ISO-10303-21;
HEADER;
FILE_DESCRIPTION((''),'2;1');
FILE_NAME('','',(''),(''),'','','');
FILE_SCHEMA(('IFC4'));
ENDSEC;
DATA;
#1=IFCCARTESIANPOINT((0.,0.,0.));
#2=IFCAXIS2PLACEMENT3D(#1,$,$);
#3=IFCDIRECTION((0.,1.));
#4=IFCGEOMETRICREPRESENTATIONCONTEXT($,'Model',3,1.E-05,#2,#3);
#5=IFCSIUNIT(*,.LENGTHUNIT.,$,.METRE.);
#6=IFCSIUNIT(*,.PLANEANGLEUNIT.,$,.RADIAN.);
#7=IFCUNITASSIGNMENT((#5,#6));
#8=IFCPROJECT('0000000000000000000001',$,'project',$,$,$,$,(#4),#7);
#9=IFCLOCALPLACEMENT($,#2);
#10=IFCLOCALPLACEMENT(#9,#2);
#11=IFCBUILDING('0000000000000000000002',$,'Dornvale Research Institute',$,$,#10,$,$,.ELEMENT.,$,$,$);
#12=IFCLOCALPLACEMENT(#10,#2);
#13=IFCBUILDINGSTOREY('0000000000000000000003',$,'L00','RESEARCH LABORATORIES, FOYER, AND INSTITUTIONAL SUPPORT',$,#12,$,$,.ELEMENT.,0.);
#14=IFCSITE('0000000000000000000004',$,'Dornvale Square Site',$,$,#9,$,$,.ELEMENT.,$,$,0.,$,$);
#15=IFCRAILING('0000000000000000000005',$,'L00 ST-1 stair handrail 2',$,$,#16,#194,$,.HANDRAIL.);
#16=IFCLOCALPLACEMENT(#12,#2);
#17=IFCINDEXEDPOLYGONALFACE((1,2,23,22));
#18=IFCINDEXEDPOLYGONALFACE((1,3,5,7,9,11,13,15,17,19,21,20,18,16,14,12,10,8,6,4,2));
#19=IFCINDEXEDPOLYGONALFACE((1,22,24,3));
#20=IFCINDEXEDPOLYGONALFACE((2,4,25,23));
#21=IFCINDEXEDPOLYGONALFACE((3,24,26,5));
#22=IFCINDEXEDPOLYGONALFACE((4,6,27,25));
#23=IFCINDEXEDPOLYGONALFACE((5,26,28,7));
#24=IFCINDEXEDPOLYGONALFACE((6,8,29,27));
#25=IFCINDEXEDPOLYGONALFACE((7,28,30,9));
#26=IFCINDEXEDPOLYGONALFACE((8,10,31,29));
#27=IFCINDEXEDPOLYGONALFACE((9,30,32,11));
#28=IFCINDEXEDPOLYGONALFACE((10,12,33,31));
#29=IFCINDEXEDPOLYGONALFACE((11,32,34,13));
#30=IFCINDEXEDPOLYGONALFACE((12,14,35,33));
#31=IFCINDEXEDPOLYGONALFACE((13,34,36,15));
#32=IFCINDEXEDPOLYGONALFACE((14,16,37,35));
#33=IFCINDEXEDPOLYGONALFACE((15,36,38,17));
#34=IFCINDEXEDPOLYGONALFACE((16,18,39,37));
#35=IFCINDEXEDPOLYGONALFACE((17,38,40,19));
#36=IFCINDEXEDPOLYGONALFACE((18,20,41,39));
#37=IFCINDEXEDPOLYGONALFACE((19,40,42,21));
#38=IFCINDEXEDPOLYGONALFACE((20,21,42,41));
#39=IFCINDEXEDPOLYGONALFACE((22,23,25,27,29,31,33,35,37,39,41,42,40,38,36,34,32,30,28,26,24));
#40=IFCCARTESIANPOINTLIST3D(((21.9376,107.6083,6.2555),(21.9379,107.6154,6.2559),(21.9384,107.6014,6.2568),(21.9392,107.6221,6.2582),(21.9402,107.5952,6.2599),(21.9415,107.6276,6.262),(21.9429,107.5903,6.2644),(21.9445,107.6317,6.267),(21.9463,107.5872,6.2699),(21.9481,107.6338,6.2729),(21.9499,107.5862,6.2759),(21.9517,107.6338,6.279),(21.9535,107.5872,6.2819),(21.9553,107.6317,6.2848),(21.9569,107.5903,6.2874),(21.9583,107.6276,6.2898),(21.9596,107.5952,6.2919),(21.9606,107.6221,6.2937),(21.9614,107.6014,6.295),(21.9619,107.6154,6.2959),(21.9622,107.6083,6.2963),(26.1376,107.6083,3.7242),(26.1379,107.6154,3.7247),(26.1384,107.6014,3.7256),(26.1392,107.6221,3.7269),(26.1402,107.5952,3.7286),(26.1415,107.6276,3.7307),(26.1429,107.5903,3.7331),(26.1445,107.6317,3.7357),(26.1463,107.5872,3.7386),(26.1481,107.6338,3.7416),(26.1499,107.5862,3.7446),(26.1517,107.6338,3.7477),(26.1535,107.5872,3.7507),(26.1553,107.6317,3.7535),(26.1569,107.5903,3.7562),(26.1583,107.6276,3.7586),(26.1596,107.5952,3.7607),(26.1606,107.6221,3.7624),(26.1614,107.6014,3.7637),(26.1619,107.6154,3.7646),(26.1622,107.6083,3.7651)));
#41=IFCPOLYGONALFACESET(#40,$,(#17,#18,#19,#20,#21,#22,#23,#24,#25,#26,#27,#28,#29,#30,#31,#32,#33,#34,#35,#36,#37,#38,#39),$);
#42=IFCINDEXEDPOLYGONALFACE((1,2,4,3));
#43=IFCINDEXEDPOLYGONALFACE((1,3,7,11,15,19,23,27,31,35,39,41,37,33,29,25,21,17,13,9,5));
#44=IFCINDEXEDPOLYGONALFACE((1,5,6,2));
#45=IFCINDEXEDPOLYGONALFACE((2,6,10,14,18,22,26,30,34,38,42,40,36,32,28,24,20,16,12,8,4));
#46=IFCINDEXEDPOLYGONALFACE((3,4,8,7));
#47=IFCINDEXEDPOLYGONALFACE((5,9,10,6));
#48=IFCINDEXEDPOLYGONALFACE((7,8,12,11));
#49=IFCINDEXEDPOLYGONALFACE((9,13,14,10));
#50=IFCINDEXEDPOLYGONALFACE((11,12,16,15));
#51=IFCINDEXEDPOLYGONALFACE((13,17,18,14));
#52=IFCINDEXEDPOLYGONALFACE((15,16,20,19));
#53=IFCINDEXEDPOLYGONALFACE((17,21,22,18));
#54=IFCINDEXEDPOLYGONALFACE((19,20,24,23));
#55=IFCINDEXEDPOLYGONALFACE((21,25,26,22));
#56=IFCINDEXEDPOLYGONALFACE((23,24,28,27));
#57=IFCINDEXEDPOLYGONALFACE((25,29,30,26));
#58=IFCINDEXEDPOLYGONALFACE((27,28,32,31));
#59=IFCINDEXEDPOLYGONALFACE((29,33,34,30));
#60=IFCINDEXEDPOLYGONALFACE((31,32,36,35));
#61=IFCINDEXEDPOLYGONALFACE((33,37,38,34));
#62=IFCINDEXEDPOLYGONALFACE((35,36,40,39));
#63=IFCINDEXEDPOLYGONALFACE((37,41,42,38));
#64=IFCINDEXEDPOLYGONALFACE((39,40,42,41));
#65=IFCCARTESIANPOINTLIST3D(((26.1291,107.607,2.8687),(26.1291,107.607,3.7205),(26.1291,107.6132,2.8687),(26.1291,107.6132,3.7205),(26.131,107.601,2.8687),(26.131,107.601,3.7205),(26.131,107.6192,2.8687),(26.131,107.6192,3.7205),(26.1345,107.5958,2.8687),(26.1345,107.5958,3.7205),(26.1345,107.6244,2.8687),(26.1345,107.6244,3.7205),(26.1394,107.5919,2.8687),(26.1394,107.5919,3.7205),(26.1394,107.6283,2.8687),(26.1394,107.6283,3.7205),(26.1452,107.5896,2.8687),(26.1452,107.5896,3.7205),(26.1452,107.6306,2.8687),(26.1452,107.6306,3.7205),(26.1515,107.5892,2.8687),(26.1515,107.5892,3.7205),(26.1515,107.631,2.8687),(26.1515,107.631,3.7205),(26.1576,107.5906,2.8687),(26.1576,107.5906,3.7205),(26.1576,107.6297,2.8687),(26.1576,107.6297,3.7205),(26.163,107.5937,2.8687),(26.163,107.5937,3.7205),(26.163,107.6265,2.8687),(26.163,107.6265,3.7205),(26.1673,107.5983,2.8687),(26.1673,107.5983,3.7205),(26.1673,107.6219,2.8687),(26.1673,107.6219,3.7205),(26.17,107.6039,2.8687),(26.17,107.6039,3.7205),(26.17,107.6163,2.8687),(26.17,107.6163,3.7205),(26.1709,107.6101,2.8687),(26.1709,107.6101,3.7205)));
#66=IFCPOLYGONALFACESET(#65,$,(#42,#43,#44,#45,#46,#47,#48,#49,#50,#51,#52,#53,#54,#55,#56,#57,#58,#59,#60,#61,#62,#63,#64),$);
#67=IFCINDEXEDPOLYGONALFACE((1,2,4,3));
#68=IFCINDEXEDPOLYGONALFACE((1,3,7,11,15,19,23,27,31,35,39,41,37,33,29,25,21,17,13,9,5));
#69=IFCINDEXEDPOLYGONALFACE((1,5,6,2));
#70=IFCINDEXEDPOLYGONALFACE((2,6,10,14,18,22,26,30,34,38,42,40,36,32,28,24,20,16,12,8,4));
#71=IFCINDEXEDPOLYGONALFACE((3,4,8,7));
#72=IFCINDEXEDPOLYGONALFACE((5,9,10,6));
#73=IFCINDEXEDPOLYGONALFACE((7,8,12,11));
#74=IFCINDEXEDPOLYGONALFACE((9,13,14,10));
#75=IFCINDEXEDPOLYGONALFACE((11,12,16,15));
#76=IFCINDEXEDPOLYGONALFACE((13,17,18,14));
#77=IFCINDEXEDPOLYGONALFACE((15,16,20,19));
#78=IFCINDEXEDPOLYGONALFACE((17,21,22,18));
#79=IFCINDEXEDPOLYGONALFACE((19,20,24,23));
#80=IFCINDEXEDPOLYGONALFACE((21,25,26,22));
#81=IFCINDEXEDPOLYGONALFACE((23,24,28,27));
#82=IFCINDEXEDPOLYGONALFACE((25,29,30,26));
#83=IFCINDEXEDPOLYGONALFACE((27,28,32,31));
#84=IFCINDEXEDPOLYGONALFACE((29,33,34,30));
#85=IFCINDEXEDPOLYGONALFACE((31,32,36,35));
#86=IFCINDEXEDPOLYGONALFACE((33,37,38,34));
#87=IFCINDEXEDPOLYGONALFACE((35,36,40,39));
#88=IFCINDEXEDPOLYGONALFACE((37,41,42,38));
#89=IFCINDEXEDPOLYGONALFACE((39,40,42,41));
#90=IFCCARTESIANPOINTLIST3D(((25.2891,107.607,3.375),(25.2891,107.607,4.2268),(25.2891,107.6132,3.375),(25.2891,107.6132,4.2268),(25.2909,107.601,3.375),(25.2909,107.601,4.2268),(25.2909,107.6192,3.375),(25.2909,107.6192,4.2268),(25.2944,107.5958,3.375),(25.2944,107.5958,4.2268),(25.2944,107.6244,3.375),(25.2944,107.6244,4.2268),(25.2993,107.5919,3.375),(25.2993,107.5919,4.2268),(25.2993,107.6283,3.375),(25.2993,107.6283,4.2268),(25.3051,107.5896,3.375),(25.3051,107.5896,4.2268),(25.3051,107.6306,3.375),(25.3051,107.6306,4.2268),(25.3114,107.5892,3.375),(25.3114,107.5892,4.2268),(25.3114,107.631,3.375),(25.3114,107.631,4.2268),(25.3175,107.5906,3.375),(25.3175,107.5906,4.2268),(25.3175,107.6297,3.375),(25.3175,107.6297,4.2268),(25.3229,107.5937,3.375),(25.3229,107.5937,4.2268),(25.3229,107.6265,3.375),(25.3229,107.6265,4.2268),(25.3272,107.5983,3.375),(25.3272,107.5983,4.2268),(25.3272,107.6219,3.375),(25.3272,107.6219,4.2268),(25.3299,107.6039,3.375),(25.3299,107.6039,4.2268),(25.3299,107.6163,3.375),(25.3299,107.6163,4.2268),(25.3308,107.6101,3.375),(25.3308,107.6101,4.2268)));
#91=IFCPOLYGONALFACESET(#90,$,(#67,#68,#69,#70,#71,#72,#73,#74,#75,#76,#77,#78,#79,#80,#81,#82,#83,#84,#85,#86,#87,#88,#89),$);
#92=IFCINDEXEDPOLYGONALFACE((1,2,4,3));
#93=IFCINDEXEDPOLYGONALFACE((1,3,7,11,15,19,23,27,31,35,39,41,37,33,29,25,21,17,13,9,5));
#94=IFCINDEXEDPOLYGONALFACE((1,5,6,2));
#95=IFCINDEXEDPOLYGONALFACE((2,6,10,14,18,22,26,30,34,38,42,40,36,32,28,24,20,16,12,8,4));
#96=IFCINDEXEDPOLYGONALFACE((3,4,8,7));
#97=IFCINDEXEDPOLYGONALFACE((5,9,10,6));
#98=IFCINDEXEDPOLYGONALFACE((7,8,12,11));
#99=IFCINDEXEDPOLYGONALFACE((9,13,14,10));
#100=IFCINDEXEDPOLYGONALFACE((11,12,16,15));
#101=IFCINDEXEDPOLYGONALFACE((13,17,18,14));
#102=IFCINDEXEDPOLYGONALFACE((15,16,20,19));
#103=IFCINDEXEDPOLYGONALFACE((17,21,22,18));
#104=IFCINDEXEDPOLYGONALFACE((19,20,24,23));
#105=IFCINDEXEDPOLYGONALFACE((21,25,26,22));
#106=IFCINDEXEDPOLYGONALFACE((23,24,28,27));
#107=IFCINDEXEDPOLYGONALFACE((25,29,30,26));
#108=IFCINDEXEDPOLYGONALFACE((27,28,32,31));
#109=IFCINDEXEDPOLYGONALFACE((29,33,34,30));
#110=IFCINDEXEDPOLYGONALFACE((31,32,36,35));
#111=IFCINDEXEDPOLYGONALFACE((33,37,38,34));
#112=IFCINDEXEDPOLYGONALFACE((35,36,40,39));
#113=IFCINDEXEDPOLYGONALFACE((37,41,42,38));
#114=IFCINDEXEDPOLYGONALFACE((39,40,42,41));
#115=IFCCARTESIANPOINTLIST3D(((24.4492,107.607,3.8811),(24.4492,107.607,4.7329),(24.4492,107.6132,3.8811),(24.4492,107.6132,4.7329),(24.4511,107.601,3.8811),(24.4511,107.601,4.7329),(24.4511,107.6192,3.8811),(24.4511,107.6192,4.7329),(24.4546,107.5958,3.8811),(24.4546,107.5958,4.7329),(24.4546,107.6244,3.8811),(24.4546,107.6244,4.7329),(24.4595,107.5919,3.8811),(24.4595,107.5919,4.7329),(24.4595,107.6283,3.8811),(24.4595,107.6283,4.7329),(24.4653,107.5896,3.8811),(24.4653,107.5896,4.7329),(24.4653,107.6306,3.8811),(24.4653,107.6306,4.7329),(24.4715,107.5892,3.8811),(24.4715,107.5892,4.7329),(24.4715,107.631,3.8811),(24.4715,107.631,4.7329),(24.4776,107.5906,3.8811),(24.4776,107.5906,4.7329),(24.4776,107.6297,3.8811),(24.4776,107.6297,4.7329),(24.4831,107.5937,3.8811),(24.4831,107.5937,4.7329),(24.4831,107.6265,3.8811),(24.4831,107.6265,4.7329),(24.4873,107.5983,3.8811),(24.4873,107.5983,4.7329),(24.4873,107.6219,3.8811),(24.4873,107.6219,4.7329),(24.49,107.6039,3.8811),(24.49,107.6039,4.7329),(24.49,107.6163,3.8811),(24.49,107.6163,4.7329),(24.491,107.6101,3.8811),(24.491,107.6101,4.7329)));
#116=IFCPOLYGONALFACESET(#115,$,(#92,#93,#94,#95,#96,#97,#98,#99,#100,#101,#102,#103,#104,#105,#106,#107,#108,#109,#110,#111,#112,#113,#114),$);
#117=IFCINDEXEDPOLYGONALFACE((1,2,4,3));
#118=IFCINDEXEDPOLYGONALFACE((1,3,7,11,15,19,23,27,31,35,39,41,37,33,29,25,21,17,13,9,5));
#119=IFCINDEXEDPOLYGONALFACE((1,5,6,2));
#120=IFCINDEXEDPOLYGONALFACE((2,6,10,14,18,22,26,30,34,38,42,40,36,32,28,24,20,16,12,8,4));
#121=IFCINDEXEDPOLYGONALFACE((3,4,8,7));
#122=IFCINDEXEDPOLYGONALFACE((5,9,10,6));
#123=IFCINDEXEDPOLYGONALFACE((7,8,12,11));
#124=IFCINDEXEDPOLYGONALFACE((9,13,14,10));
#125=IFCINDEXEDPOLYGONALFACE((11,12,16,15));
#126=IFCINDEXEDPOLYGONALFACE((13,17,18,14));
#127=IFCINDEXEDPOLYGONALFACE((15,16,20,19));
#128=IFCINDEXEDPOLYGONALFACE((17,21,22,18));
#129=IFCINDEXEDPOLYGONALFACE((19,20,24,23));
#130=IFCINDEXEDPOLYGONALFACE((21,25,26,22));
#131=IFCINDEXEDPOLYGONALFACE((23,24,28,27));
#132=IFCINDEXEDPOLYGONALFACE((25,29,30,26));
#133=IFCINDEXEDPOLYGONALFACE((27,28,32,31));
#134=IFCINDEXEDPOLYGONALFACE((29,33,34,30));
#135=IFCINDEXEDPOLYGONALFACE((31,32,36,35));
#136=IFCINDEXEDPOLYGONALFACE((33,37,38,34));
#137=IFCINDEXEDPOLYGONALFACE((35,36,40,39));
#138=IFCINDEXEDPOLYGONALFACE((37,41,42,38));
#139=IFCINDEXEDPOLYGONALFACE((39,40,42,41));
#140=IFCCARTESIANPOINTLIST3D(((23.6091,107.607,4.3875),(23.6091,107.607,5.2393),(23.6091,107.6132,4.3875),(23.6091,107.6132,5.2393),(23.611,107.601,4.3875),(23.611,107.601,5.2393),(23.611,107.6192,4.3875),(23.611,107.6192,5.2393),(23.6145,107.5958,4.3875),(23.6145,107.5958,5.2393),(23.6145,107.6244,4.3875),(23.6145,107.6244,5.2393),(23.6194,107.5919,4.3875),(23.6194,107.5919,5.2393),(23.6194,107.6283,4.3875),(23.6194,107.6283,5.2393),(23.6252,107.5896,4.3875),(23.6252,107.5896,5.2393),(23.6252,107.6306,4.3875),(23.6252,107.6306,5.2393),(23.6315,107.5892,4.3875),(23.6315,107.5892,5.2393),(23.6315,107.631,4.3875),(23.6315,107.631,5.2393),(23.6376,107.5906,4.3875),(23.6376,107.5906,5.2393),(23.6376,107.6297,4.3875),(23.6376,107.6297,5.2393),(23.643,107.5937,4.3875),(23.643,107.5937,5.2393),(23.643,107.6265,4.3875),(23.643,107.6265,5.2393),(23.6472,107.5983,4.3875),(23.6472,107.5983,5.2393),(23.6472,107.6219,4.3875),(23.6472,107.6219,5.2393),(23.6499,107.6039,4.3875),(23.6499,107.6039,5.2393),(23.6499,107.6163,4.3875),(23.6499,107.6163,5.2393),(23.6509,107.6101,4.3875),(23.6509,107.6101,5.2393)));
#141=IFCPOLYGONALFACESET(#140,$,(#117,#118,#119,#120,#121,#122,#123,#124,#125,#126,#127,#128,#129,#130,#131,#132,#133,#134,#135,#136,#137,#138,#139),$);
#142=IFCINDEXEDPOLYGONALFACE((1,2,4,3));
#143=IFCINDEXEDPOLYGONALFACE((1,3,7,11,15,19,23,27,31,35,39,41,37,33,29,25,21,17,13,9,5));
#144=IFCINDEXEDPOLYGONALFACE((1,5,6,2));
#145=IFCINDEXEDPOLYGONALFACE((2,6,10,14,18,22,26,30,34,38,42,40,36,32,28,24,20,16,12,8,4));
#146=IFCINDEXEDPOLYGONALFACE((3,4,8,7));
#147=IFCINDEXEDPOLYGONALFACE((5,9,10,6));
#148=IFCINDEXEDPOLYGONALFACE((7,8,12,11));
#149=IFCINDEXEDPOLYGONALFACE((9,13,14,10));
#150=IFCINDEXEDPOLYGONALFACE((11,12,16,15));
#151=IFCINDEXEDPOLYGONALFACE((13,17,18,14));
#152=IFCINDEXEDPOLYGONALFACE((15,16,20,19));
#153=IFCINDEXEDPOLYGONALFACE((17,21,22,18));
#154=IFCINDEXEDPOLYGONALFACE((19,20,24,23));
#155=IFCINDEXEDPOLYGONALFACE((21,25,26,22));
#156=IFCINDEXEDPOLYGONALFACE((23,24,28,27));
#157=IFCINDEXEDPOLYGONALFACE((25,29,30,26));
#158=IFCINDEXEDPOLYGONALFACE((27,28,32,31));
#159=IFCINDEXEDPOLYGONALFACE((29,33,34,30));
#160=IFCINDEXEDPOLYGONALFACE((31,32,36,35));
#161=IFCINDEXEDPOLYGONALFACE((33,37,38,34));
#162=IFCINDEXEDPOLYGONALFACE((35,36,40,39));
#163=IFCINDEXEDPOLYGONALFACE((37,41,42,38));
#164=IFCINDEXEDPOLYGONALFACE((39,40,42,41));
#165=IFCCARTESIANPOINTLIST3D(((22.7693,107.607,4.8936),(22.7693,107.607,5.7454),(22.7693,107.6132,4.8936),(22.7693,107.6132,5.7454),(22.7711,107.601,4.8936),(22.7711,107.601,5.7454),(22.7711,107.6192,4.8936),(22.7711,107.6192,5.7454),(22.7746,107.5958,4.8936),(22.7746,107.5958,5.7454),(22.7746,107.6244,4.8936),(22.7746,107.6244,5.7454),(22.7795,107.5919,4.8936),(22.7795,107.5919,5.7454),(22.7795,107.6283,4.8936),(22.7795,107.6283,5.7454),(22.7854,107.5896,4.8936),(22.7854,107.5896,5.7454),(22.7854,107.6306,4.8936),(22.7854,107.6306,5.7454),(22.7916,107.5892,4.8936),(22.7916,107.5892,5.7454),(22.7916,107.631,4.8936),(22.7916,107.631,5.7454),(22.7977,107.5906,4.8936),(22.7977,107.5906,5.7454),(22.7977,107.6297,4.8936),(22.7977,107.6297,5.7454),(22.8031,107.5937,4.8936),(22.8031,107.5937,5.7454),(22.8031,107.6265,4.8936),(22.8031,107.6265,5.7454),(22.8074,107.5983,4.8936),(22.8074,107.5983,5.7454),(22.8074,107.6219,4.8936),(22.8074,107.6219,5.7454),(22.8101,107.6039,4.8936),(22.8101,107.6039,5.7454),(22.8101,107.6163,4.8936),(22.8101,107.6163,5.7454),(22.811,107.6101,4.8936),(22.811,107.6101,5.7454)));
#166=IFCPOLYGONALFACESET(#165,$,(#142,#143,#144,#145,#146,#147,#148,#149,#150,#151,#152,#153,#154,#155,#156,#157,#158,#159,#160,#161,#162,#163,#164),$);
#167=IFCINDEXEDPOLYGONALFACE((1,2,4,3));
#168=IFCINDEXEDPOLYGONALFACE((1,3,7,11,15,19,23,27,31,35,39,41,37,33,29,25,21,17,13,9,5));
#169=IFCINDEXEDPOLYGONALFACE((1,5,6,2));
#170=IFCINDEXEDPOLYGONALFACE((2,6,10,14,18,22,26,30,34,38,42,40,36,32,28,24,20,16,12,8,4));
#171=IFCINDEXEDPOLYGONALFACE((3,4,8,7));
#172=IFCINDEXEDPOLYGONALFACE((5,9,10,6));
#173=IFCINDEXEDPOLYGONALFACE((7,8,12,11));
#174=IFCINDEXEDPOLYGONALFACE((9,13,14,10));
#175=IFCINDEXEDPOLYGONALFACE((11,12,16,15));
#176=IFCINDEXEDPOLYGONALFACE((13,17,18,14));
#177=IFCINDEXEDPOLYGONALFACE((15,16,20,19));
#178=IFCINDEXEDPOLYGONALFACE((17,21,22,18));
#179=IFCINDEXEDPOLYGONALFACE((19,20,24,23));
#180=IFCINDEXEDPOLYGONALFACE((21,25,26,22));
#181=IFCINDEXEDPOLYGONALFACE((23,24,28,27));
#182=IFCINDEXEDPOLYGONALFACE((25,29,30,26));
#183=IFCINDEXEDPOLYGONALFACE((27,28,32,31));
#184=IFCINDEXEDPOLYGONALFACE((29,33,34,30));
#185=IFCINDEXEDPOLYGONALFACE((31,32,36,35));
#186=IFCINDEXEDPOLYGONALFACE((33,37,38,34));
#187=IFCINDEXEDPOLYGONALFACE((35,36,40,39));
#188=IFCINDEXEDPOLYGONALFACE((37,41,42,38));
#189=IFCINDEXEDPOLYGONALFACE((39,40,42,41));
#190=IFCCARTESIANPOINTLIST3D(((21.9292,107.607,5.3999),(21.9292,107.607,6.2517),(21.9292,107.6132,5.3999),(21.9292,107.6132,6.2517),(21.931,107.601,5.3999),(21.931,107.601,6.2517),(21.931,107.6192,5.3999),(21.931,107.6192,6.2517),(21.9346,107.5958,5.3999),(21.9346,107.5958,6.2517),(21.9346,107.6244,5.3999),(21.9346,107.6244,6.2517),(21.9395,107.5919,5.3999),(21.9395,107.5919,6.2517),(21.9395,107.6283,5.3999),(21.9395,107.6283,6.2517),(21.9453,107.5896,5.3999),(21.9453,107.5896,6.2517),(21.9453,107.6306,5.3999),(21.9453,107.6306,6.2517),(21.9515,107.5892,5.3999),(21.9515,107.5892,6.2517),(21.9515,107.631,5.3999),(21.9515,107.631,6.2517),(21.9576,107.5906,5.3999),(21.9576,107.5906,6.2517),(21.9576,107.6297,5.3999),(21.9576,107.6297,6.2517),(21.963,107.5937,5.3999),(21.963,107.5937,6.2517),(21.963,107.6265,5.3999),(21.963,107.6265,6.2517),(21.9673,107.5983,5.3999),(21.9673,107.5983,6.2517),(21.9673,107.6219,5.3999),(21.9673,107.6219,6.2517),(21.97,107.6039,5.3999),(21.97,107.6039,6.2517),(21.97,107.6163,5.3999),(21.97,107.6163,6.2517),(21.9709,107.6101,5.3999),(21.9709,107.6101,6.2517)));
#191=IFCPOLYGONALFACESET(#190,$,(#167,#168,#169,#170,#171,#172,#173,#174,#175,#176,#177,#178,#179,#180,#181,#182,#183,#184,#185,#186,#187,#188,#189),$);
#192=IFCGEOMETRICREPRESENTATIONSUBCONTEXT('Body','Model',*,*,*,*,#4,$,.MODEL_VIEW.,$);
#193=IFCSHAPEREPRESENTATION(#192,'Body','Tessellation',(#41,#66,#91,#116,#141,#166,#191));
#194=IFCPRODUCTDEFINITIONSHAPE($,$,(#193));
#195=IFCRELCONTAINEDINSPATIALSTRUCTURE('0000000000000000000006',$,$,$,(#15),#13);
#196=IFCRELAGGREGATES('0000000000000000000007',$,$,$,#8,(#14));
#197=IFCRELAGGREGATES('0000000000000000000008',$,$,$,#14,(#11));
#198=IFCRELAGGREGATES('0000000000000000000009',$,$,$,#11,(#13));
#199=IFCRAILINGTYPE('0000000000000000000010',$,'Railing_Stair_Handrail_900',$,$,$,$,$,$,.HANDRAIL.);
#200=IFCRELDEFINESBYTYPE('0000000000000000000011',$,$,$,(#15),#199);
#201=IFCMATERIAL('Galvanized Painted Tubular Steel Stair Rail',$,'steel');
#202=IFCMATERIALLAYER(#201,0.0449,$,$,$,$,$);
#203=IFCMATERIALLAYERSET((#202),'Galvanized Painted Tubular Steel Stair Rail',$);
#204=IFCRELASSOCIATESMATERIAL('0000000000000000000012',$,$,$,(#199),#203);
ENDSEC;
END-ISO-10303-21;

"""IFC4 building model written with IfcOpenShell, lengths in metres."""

from ifc_helpers import new_model, si_unit, direction, frame, origin, origin_2d, place, context, subcontext, project, spatial, circle, extrude, material, layer, layer_set, type_object, element, save


model = new_model("IFC4")

# Units and contexts
model_context = context("Model", 3, precision=1e-05, world=origin(), true_north=direction((0.0, 1.0)))
body_context = subcontext(model_context, "Body", "Model", "MODEL_VIEW")
ifc_project = project(units=[si_unit("LENGTHUNIT", "METRE"), si_unit("PLANEANGLEUNIT", "RADIAN")], contexts=[model_context])

# Site, building, storey
site_placement = place(None, origin())
site = spatial("IfcSite", under=ifc_project, at=site_placement, Name="Dornvale Square Site", CompositionType="ELEMENT", RefElevation=0.0)
building_placement = place(site_placement, origin())
building = spatial("IfcBuilding", under=site, at=building_placement, Name="Dornvale Research Institute", CompositionType="ELEMENT")
storey_placement = place(building_placement, origin())
storey = spatial("IfcBuildingStorey", under=building, at=storey_placement, Name="L00", Description="RESEARCH LABORATORIES, FOYER, AND INSTITUTIONAL SUPPORT", CompositionType="ELEMENT", Elevation=0.0)

# Railing
ifc_material_1 = material(Name="Galvanized Painted Tubular Steel Stair Rail", Category="steel")
ifc_layer_1 = layer(ifc_material_1, 0.0449)
ifc_layer_set_1 = layer_set([ifc_layer_1], Name="Galvanized Painted Tubular Steel Stair Rail")
railing_type_1 = type_object("IfcRailingType", Name="Railing_Stair_Handrail_900", PredefinedType="HANDRAIL", material=ifc_layer_set_1)
railing_1_placement = place(storey_placement, frame((26.1499, 107.6101, 2.8687)))
element("IfcRailing", 1, at=railing_1_placement, inside=storey, type_object=railing_type_1, Name="L00 ST-1 stair handrail 2", PredefinedType="HANDRAIL", context=body_context, shape_type="SweptSolid", body=[
    extrude(circle(Radius=0.0239, at=origin_2d()), frame((0.0, 0.0, 0.876), z_axis=(-0.856476, 0.0, 0.516186), x_axis=(0.0, -1.0, 0.0)), (0.0, 0.0, 1.0), 4.9038),
    extrude(circle(Radius=0.021, at=origin_2d()), origin(), (0.0, 0.0, 1.0), 0.8518),
    extrude(circle(Radius=0.021, at=origin_2d()), frame((-0.8401, 0.0, 0.5063)), (0.0, 0.0, 1.0), 0.8518),
    extrude(circle(Radius=0.021, at=origin_2d()), frame((-1.6799, 0.0, 1.0125)), (0.0, 0.0, 1.0), 0.8518),
    extrude(circle(Radius=0.021, at=origin_2d()), frame((-2.52, 0.0, 1.5188)), (0.0, 0.0, 1.0), 0.8518),
    extrude(circle(Radius=0.021, at=origin_2d()), frame((-3.3599, 0.0, 2.0249)), (0.0, 0.0, 1.0), 0.8518),
    extrude(circle(Radius=0.021, at=origin_2d()), frame((-4.2, 0.0, 2.5312)), (0.0, 0.0, 1.0), 0.8518),
])

save(model, "model.ifc")
